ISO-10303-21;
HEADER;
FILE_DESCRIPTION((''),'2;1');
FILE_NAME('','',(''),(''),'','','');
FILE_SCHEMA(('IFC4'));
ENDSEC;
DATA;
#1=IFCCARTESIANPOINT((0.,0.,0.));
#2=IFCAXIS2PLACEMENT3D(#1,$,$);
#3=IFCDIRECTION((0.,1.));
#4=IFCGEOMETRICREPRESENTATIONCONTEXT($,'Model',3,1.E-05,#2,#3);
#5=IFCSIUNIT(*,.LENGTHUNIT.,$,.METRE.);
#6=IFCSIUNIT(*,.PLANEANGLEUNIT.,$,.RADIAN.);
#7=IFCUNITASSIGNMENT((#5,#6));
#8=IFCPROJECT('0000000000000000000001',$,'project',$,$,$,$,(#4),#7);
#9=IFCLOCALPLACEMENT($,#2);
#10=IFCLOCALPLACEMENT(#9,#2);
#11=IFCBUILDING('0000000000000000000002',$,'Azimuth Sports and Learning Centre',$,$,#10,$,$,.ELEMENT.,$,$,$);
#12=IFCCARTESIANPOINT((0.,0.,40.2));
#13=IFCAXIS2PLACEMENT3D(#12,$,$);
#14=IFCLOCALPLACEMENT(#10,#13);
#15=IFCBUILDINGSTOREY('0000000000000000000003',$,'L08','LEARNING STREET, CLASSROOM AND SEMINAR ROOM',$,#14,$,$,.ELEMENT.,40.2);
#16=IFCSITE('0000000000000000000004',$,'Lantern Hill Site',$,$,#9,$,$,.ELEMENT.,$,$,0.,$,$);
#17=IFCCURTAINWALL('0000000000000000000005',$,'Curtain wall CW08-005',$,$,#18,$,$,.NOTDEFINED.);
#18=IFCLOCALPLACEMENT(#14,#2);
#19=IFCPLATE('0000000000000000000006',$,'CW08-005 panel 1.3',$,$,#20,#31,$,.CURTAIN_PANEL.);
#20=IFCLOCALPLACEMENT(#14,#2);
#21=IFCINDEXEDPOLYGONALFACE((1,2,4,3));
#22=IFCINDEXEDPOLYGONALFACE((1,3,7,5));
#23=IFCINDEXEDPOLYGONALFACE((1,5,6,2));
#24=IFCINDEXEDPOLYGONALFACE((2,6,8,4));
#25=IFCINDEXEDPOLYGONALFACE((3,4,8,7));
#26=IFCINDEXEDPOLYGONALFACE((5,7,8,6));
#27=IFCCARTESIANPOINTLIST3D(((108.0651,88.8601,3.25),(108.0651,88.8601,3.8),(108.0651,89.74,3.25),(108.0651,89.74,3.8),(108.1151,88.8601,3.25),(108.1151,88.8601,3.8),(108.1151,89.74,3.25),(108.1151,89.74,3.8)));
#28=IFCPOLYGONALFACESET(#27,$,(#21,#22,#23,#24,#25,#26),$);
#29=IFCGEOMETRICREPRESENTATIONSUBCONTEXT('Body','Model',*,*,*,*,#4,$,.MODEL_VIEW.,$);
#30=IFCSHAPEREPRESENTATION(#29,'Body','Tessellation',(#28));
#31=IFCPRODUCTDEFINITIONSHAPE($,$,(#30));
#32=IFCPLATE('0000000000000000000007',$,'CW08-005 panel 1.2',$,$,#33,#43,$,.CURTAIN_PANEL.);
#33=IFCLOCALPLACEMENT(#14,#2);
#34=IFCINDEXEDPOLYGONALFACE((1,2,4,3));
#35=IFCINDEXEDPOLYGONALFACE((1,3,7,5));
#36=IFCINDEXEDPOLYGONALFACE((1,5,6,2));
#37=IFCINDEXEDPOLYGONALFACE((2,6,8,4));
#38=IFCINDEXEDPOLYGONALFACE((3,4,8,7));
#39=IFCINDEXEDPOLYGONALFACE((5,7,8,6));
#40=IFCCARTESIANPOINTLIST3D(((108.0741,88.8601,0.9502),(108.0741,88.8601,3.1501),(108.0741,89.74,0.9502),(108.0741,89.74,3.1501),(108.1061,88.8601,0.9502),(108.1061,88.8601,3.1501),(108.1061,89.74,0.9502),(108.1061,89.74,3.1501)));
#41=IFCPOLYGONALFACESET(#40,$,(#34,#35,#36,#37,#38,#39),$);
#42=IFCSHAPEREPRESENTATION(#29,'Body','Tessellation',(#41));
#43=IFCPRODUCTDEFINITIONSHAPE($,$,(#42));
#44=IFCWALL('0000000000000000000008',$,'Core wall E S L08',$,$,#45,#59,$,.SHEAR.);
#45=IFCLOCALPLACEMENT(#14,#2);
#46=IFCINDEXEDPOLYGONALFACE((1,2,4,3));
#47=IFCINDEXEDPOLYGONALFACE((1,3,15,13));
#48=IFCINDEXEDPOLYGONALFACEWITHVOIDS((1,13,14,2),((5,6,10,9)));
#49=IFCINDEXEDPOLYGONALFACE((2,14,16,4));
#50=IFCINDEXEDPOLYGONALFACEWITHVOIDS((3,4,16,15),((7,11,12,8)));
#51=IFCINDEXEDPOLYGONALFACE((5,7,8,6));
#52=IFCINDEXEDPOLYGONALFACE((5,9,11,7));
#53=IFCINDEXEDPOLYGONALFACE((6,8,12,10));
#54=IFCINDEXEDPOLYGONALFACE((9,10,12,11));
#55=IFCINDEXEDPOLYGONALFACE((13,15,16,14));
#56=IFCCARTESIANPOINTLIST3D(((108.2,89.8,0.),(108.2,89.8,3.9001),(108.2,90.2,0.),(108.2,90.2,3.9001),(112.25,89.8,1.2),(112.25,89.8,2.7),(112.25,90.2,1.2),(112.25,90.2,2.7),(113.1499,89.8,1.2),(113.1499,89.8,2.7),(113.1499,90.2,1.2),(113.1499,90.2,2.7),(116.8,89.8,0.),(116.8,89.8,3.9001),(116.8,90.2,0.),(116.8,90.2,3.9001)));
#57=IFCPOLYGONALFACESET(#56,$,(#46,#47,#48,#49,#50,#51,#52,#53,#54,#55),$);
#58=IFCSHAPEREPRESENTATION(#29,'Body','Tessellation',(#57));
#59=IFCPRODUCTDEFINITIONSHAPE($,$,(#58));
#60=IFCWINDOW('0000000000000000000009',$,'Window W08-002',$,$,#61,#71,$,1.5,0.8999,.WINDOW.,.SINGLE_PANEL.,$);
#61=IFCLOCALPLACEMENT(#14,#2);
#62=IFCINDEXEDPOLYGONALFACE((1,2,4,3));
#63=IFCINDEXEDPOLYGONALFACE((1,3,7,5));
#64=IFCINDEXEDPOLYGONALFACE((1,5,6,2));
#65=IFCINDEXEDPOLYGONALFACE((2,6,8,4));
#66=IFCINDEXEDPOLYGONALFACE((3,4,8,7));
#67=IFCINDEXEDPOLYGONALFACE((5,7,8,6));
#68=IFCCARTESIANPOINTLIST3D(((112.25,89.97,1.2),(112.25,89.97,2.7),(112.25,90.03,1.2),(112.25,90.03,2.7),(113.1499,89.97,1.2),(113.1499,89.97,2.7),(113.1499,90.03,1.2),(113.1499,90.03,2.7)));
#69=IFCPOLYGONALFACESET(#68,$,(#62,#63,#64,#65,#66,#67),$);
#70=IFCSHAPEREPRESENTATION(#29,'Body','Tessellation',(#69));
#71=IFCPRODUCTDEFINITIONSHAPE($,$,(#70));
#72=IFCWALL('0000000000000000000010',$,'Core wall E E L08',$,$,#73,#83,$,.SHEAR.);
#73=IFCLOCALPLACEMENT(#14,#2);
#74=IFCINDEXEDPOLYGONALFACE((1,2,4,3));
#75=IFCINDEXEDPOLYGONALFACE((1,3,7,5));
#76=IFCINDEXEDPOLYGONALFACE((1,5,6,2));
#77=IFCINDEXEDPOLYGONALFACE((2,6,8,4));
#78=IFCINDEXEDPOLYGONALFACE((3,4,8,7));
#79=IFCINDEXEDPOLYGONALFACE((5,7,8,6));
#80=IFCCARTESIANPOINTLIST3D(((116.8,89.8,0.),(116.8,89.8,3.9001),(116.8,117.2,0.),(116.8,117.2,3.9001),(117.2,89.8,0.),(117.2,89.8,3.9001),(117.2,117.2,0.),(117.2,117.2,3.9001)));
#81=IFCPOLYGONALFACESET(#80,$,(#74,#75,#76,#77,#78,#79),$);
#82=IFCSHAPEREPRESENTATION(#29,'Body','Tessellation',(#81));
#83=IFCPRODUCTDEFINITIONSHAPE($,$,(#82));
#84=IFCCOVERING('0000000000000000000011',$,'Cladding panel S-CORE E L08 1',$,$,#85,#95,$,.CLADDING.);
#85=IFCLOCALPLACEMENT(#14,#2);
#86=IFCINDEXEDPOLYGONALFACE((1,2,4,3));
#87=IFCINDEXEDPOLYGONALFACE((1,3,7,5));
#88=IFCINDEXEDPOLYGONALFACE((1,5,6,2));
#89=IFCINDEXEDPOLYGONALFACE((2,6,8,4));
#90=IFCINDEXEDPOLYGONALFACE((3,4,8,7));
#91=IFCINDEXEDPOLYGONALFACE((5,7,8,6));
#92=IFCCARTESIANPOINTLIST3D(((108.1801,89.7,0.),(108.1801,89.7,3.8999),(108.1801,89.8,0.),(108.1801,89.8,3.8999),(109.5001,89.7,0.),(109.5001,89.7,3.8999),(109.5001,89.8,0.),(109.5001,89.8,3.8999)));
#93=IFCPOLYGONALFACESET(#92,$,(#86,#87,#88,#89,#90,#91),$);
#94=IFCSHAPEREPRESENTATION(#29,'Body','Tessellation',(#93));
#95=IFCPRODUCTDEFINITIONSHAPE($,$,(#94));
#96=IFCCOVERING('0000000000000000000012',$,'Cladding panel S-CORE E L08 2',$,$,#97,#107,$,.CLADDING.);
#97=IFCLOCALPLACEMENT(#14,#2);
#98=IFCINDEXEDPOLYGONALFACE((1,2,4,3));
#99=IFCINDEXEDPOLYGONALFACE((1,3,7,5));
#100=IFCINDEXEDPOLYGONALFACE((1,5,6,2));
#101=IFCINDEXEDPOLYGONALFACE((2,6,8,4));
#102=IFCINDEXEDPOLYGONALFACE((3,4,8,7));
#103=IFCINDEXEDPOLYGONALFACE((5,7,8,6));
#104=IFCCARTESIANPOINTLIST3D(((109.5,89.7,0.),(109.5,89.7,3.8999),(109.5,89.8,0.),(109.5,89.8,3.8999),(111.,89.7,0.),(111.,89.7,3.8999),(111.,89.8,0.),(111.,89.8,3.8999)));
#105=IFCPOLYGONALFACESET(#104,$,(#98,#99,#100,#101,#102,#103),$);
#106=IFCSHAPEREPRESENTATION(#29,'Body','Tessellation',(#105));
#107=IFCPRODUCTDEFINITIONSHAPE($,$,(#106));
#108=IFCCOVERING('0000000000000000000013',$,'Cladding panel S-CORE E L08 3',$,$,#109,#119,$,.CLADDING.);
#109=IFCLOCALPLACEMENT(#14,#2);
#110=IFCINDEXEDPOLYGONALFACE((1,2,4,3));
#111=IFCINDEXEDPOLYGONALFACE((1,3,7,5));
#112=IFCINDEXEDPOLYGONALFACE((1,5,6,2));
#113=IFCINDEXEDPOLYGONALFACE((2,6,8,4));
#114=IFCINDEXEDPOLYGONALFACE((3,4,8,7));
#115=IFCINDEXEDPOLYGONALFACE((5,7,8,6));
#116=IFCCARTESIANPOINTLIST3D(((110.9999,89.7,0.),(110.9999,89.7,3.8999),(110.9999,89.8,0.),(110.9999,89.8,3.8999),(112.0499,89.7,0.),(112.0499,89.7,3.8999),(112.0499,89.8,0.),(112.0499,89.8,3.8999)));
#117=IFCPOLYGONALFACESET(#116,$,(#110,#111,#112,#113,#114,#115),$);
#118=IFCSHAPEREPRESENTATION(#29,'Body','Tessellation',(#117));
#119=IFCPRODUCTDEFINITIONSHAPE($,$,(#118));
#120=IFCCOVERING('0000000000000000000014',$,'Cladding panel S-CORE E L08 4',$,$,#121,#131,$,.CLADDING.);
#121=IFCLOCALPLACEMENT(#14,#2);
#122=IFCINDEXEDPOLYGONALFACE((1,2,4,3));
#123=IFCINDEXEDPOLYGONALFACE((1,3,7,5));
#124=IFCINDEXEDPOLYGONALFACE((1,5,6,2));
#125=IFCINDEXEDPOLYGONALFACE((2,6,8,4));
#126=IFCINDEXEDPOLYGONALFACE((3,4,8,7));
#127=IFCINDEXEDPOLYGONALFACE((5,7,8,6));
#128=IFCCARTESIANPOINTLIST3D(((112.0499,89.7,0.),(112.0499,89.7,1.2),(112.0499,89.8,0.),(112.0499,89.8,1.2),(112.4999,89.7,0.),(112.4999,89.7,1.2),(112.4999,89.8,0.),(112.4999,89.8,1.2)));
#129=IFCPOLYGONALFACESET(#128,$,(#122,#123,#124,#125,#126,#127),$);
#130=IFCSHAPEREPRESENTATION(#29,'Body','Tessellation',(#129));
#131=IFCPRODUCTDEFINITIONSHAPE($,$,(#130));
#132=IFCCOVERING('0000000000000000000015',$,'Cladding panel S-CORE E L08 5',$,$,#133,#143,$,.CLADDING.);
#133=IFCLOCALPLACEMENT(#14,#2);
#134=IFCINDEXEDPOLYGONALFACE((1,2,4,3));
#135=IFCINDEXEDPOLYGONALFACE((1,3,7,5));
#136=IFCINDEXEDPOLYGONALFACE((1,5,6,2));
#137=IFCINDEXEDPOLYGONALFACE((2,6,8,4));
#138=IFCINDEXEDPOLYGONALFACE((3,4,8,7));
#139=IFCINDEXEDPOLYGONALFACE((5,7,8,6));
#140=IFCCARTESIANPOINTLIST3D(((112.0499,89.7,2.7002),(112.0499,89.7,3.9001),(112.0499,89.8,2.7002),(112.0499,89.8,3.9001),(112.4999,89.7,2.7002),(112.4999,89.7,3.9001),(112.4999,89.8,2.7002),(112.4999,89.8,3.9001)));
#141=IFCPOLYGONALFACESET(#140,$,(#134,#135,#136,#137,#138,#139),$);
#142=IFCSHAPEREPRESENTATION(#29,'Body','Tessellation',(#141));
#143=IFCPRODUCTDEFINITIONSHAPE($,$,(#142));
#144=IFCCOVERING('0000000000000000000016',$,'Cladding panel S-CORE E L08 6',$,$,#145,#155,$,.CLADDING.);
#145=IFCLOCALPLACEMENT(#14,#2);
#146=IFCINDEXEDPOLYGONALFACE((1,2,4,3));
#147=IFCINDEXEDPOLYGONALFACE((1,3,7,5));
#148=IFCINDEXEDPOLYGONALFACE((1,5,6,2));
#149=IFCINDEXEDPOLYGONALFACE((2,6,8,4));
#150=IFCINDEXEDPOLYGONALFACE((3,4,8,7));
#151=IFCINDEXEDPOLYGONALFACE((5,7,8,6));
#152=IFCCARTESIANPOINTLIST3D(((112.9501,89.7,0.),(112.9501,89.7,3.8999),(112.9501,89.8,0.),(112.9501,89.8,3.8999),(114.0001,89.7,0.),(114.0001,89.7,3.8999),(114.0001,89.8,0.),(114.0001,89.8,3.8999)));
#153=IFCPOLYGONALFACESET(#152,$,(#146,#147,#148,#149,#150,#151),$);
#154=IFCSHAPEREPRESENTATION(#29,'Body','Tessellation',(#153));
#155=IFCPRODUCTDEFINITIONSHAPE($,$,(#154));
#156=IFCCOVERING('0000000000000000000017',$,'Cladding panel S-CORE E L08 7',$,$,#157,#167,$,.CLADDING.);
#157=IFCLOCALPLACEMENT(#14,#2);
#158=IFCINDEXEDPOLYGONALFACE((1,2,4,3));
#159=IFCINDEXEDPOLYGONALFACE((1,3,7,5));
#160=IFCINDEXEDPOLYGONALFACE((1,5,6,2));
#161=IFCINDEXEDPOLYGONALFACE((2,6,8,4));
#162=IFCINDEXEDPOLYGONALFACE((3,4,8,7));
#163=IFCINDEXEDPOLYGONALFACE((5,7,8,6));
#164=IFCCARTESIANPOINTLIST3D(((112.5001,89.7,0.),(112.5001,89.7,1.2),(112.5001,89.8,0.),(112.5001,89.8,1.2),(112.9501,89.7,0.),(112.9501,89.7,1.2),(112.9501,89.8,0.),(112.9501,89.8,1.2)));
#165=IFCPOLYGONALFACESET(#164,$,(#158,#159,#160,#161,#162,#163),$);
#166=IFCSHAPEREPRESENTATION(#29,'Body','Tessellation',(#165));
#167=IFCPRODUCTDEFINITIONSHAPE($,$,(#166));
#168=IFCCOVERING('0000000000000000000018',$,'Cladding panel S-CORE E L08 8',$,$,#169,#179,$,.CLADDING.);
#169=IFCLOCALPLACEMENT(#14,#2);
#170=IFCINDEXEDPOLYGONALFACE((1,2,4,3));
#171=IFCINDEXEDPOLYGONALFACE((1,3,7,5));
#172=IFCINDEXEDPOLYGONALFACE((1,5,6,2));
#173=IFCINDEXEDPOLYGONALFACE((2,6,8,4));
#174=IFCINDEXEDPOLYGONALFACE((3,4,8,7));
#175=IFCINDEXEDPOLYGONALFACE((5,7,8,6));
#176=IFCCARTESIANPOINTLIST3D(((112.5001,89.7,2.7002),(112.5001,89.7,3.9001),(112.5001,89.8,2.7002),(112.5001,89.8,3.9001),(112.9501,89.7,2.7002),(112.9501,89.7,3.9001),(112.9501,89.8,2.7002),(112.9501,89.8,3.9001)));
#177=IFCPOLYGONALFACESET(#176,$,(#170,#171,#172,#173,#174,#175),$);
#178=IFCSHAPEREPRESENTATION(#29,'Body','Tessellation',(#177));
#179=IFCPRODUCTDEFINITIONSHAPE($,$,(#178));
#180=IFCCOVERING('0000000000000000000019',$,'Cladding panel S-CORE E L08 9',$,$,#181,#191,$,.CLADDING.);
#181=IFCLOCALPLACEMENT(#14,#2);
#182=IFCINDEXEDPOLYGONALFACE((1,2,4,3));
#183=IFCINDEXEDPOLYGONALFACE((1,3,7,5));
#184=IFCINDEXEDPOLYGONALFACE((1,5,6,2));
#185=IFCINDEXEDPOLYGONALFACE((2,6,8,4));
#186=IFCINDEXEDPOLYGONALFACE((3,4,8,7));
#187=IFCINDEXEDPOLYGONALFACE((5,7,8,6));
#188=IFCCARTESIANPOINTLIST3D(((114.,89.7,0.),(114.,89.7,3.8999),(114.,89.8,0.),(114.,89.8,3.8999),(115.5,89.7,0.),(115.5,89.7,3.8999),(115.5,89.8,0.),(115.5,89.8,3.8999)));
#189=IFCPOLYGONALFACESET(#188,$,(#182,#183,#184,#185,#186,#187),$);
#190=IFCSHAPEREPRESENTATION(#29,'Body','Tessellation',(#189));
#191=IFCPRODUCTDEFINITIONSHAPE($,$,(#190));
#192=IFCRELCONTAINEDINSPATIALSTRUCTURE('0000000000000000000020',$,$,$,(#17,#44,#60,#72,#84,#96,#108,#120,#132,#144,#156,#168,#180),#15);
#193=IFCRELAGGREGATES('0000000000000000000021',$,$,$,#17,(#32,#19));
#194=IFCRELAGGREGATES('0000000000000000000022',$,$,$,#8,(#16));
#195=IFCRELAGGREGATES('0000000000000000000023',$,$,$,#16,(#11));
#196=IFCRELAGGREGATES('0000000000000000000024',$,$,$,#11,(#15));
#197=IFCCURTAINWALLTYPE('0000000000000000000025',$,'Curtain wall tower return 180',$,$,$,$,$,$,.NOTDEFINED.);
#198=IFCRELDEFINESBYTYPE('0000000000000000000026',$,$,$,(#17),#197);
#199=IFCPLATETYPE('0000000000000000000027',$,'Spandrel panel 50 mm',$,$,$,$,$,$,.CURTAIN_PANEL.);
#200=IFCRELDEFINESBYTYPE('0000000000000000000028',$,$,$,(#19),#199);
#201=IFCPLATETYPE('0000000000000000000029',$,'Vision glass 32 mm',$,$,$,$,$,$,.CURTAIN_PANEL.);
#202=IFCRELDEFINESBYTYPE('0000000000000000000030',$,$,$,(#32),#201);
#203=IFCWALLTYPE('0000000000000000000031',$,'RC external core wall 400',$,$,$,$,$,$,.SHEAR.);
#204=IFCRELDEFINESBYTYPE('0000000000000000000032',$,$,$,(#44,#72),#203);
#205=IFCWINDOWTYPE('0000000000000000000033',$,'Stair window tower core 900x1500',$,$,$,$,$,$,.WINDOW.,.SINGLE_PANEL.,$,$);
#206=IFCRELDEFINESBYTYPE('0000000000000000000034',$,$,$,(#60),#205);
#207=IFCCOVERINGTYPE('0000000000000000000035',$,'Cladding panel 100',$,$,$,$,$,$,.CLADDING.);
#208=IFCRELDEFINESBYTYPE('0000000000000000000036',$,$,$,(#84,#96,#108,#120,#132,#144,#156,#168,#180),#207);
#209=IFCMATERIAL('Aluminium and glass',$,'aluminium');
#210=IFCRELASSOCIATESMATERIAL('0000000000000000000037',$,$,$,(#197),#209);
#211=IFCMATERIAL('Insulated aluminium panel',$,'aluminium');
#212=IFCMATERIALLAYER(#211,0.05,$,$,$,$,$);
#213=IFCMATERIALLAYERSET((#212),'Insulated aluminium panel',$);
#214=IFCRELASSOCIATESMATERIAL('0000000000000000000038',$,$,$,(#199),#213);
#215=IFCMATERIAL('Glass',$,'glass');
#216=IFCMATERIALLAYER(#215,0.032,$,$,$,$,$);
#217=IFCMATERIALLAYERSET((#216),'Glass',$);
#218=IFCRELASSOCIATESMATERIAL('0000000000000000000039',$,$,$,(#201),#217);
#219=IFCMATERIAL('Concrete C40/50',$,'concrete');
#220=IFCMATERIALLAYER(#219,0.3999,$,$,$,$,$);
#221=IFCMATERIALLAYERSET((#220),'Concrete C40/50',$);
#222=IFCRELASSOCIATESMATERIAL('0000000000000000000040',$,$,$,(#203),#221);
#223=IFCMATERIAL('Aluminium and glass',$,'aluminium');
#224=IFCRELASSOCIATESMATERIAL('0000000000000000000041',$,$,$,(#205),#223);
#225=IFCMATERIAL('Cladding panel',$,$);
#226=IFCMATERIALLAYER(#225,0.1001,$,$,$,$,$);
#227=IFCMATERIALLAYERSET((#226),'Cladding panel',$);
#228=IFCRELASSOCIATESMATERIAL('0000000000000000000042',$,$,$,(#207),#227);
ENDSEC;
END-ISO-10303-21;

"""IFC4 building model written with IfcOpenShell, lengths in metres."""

from ifc_helpers import new_model, si_unit, direction, frame, frame_2d, origin, origin_2d, place, context, subcontext, project, spatial, rectangle, extrude, material, layer, layer_set, type_object, element, fill, aggregate, save


model = new_model("IFC4")

# Units and contexts
model_context = context("Model", 3, precision=1e-05, world=origin(), true_north=direction((0.0, 1.0)))
body_context = subcontext(model_context, "Body", "Model", "MODEL_VIEW")
ifc_project = project(units=[si_unit("LENGTHUNIT", "METRE"), si_unit("PLANEANGLEUNIT", "RADIAN")], contexts=[model_context])

# Site, building, storey
site_placement = place(None, origin())
site = spatial("IfcSite", under=ifc_project, at=site_placement, Name="Lantern Hill Site", CompositionType="ELEMENT", RefElevation=0.0)
building_placement = place(site_placement, origin())
building = spatial("IfcBuilding", under=site, at=building_placement, Name="Azimuth Sports and Learning Centre", CompositionType="ELEMENT")
storey_placement = place(building_placement, frame((0.0, 0.0, 40.2)))
storey = spatial("IfcBuildingStorey", under=building, at=storey_placement, Name="L08", Description="LEARNING STREET, CLASSROOM AND SEMINAR ROOM", CompositionType="ELEMENT", Elevation=40.2)

# Curtain wall, plates
ifc_material_1 = material(Name="Aluminium and glass", Category="aluminium")
curtain_wall_type = type_object("IfcCurtainWallType", Name="Curtain wall tower return 180", PredefinedType="NOTDEFINED", material=ifc_material_1)
curtain_wall_placement = place(storey_placement, origin())
curtain_wall = element("IfcCurtainWall", 1, at=curtain_wall_placement, inside=storey, type_object=curtain_wall_type, Name="Curtain wall CW08-005", PredefinedType="NOTDEFINED")
ifc_material_2 = material(Name="Insulated aluminium panel", Category="aluminium")
ifc_layer_1 = layer(ifc_material_2, 0.05)
ifc_layer_set_1 = layer_set([ifc_layer_1], Name="Insulated aluminium panel")
plate_type_1 = type_object("IfcPlateType", Name="Spandrel panel 50 mm", PredefinedType="CURTAIN_PANEL", material=ifc_layer_set_1)
plate_1_placement = place(storey_placement, frame((108.0901, 89.3, 3.25), z_axis=(0.0, 0.0, 1.0), x_axis=(0.0, 1.0, 0.0)))
plate_1 = element("IfcPlate", 2, at=plate_1_placement, type_object=plate_type_1, Name="CW08-005 panel 1.3", PredefinedType="CURTAIN_PANEL", context=body_context, shape_type="SweptSolid", body=[
    extrude(rectangle(XDim=0.8799, YDim=0.05, at=origin_2d()), origin(), (0.0, 0.0, 1.0), 0.55),
])
ifc_material_3 = material(Name="Glass", Category="glass")
ifc_layer_2 = layer(ifc_material_3, 0.032)
ifc_layer_set_2 = layer_set([ifc_layer_2], Name="Glass")
plate_type_2 = type_object("IfcPlateType", Name="Vision glass 32 mm", PredefinedType="CURTAIN_PANEL", material=ifc_layer_set_2)
plate_2_placement = place(storey_placement, frame((108.0901, 89.3, 0.9502), z_axis=(0.0, 0.0, 1.0), x_axis=(0.0, 1.0, 0.0)))
plate_2 = element("IfcPlate", 3, at=plate_2_placement, type_object=plate_type_2, Name="CW08-005 panel 1.2", PredefinedType="CURTAIN_PANEL", context=body_context, shape_type="SweptSolid", body=[
    extrude(rectangle(XDim=0.8799, YDim=0.032, at=origin_2d()), origin(), (0.0, 0.0, 1.0), 2.2),
])
aggregate(curtain_wall, [plate_2, plate_1])

# Wall, opening, window
ifc_material_4 = material(Name="Concrete C40/50", Category="concrete")
ifc_layer_3 = layer(ifc_material_4, 0.3999)
ifc_layer_set_3 = layer_set([ifc_layer_3], Name="Concrete C40/50")
wall_type = type_object("IfcWallType", Name="RC external core wall 400", PredefinedType="SHEAR", material=ifc_layer_set_3)
wall_1_placement = place(storey_placement, frame((108.2, 90.0, 0.0), z_axis=(0.0, 0.0, 1.0), x_axis=(1.0, 0.0, 0.0)))
wall_1 = element("IfcWall", 4, at=wall_1_placement, inside=storey, type_object=wall_type, Name="Core wall E S L08", PredefinedType="SHEAR", context=body_context, shape_type="SweptSolid", body=[
    extrude(rectangle(XDim=8.6001, YDim=0.3999, at=frame_2d((4.3, 0.0))), origin(), (0.0, 0.0, 1.0), 3.9001),
])
opening_placement = place(wall_1_placement, frame((4.05, 0.0, 1.2)))
opening = element("IfcOpeningElement", 5, at=opening_placement, cuts=wall_1, PredefinedType="OPENING", context=body_context, shape_type="SweptSolid", body=[
    extrude(rectangle(XDim=0.8999, YDim=1.5, at=frame_2d((0.45, 0.75))), frame((0.0, 0.2109, 0.0), z_axis=(0.0, -1.0, 0.0), x_axis=(1.0, 0.0, 0.0)), (0.0, 0.0, 1.0), 0.4219),
])
ifc_material_5 = material(Name="Aluminium and glass", Category="aluminium")
window_type = type_object("IfcWindowType", Name="Stair window tower core 900x1500", PartitioningType="SINGLE_PANEL", PredefinedType="WINDOW", material=ifc_material_5)
window_placement = place(opening_placement, origin())
window = element("IfcWindow", 6, at=window_placement, inside=storey, type_object=window_type, Name="Window W08-002", OverallHeight=1.5, OverallWidth=0.8999, PartitioningType="SINGLE_PANEL", PredefinedType="WINDOW", context=body_context, shape_type="SweptSolid", body=[
    extrude(rectangle(XDim=0.8999, YDim=1.5, at=frame_2d((0.45, 0.75))), frame((0.0, 0.03, 0.0), z_axis=(0.0, -1.0, 0.0), x_axis=(1.0, 0.0, 0.0)), (0.0, 0.0, 1.0), 0.0601),
])
fill(opening, window)

# Wall
wall_2_placement = place(storey_placement, frame((117.0, 89.8, 0.0), z_axis=(0.0, 0.0, 1.0), x_axis=(0.0, 1.0, 0.0)))
element("IfcWall", 7, at=wall_2_placement, inside=storey, type_object=wall_type, Name="Core wall E E L08", PredefinedType="SHEAR", context=body_context, shape_type="SweptSolid", body=[
    extrude(rectangle(XDim=27.3999, YDim=0.3999, at=frame_2d((13.7, 0.0))), origin(), (0.0, 0.0, 1.0), 3.9001),
])

# Coverings
ifc_material_6 = material(Name="Cladding panel")
ifc_layer_4 = layer(ifc_material_6, 0.1001)
ifc_layer_set_4 = layer_set([ifc_layer_4], Name="Cladding panel")
covering_type = type_object("IfcCoveringType", Name="Cladding panel 100", PredefinedType="CLADDING", material=ifc_layer_set_4)
covering_1_placement = place(storey_placement, frame((108.8401, 89.75, 0.0), z_axis=(0.0, 0.0, 1.0), x_axis=(1.0, 0.0, 0.0)))
element("IfcCovering", 8, at=covering_1_placement, inside=storey, type_object=covering_type, Name="Cladding panel S-CORE E L08 1", PredefinedType="CLADDING", context=body_context, shape_type="SweptSolid", body=[
    extrude(rectangle(XDim=1.3201, YDim=0.1001, at=origin_2d()), origin(), (0.0, 0.0, 1.0), 3.8999),
])
covering_2_placement = place(storey_placement, frame((110.25, 89.75, 0.0), z_axis=(0.0, 0.0, 1.0), x_axis=(1.0, 0.0, 0.0)))
element("IfcCovering", 9, at=covering_2_placement, inside=storey, type_object=covering_type, Name="Cladding panel S-CORE E L08 2", PredefinedType="CLADDING", context=body_context, shape_type="SweptSolid", body=[
    extrude(rectangle(XDim=1.5, YDim=0.1001, at=origin_2d()), origin(), (0.0, 0.0, 1.0), 3.8999),
])
covering_3_placement = place(storey_placement, frame((111.5249, 89.75, 0.0), z_axis=(0.0, 0.0, 1.0), x_axis=(1.0, 0.0, 0.0)))
element("IfcCovering", 10, at=covering_3_placement, inside=storey, type_object=covering_type, Name="Cladding panel S-CORE E L08 3", PredefinedType="CLADDING", context=body_context, shape_type="SweptSolid", body=[
    extrude(rectangle(XDim=1.05, YDim=0.1001, at=origin_2d()), origin(), (0.0, 0.0, 1.0), 3.8999),
])
for number, where, z_axis, x_axis, name in (
    (11, (112.2749, 89.75, 0.0), (0.0, 0.0, 1.0), (1.0, 0.0, 0.0), "Cladding panel S-CORE E L08 4"),
    (12, (112.2749, 89.75, 2.7002), (0.0, 0.0, 1.0), (1.0, 0.0, 0.0), "Cladding panel S-CORE E L08 5"),
):
    element("IfcCovering", number, at=place(storey_placement, frame(where, z_axis=z_axis, x_axis=x_axis)), inside=storey, type_object=covering_type, Name=name, PredefinedType="CLADDING", context=body_context, shape_type="SweptSolid", body=[
        extrude(rectangle(XDim=0.45, YDim=0.1001, at=origin_2d()), origin(), (0.0, 0.0, 1.0), 1.2),
    ])
covering_4_placement = place(storey_placement, frame((113.4751, 89.75, 0.0), z_axis=(0.0, 0.0, 1.0), x_axis=(1.0, 0.0, 0.0)))
element("IfcCovering", 13, at=covering_4_placement, inside=storey, type_object=covering_type, Name="Cladding panel S-CORE E L08 6", PredefinedType="CLADDING", context=body_context, shape_type="SweptSolid", body=[
    extrude(rectangle(XDim=1.05, YDim=0.1001, at=origin_2d()), origin(), (0.0, 0.0, 1.0), 3.8999),
])
for number, where, z_axis, x_axis, name in (
    (14, (112.7251, 89.75, 0.0), (0.0, 0.0, 1.0), (1.0, 0.0, 0.0), "Cladding panel S-CORE E L08 7"),
    (15, (112.7251, 89.75, 2.7002), (0.0, 0.0, 1.0), (1.0, 0.0, 0.0), "Cladding panel S-CORE E L08 8"),
):
    element("IfcCovering", number, at=place(storey_placement, frame(where, z_axis=z_axis, x_axis=x_axis)), inside=storey, type_object=covering_type, Name=name, PredefinedType="CLADDING", context=body_context, shape_type="SweptSolid", body=[
        extrude(rectangle(XDim=0.45, YDim=0.1001, at=origin_2d()), origin(), (0.0, 0.0, 1.0), 1.2),
    ])
covering_5_placement = place(storey_placement, frame((114.75, 89.75, 0.0), z_axis=(0.0, 0.0, 1.0), x_axis=(1.0, 0.0, 0.0)))
element("IfcCovering", 16, at=covering_5_placement, inside=storey, type_object=covering_type, Name="Cladding panel S-CORE E L08 9", PredefinedType="CLADDING", context=body_context, shape_type="SweptSolid", body=[
    extrude(rectangle(XDim=1.5, YDim=0.1001, at=origin_2d()), origin(), (0.0, 0.0, 1.0), 3.8999),
])

save(model, "model.ifc")
